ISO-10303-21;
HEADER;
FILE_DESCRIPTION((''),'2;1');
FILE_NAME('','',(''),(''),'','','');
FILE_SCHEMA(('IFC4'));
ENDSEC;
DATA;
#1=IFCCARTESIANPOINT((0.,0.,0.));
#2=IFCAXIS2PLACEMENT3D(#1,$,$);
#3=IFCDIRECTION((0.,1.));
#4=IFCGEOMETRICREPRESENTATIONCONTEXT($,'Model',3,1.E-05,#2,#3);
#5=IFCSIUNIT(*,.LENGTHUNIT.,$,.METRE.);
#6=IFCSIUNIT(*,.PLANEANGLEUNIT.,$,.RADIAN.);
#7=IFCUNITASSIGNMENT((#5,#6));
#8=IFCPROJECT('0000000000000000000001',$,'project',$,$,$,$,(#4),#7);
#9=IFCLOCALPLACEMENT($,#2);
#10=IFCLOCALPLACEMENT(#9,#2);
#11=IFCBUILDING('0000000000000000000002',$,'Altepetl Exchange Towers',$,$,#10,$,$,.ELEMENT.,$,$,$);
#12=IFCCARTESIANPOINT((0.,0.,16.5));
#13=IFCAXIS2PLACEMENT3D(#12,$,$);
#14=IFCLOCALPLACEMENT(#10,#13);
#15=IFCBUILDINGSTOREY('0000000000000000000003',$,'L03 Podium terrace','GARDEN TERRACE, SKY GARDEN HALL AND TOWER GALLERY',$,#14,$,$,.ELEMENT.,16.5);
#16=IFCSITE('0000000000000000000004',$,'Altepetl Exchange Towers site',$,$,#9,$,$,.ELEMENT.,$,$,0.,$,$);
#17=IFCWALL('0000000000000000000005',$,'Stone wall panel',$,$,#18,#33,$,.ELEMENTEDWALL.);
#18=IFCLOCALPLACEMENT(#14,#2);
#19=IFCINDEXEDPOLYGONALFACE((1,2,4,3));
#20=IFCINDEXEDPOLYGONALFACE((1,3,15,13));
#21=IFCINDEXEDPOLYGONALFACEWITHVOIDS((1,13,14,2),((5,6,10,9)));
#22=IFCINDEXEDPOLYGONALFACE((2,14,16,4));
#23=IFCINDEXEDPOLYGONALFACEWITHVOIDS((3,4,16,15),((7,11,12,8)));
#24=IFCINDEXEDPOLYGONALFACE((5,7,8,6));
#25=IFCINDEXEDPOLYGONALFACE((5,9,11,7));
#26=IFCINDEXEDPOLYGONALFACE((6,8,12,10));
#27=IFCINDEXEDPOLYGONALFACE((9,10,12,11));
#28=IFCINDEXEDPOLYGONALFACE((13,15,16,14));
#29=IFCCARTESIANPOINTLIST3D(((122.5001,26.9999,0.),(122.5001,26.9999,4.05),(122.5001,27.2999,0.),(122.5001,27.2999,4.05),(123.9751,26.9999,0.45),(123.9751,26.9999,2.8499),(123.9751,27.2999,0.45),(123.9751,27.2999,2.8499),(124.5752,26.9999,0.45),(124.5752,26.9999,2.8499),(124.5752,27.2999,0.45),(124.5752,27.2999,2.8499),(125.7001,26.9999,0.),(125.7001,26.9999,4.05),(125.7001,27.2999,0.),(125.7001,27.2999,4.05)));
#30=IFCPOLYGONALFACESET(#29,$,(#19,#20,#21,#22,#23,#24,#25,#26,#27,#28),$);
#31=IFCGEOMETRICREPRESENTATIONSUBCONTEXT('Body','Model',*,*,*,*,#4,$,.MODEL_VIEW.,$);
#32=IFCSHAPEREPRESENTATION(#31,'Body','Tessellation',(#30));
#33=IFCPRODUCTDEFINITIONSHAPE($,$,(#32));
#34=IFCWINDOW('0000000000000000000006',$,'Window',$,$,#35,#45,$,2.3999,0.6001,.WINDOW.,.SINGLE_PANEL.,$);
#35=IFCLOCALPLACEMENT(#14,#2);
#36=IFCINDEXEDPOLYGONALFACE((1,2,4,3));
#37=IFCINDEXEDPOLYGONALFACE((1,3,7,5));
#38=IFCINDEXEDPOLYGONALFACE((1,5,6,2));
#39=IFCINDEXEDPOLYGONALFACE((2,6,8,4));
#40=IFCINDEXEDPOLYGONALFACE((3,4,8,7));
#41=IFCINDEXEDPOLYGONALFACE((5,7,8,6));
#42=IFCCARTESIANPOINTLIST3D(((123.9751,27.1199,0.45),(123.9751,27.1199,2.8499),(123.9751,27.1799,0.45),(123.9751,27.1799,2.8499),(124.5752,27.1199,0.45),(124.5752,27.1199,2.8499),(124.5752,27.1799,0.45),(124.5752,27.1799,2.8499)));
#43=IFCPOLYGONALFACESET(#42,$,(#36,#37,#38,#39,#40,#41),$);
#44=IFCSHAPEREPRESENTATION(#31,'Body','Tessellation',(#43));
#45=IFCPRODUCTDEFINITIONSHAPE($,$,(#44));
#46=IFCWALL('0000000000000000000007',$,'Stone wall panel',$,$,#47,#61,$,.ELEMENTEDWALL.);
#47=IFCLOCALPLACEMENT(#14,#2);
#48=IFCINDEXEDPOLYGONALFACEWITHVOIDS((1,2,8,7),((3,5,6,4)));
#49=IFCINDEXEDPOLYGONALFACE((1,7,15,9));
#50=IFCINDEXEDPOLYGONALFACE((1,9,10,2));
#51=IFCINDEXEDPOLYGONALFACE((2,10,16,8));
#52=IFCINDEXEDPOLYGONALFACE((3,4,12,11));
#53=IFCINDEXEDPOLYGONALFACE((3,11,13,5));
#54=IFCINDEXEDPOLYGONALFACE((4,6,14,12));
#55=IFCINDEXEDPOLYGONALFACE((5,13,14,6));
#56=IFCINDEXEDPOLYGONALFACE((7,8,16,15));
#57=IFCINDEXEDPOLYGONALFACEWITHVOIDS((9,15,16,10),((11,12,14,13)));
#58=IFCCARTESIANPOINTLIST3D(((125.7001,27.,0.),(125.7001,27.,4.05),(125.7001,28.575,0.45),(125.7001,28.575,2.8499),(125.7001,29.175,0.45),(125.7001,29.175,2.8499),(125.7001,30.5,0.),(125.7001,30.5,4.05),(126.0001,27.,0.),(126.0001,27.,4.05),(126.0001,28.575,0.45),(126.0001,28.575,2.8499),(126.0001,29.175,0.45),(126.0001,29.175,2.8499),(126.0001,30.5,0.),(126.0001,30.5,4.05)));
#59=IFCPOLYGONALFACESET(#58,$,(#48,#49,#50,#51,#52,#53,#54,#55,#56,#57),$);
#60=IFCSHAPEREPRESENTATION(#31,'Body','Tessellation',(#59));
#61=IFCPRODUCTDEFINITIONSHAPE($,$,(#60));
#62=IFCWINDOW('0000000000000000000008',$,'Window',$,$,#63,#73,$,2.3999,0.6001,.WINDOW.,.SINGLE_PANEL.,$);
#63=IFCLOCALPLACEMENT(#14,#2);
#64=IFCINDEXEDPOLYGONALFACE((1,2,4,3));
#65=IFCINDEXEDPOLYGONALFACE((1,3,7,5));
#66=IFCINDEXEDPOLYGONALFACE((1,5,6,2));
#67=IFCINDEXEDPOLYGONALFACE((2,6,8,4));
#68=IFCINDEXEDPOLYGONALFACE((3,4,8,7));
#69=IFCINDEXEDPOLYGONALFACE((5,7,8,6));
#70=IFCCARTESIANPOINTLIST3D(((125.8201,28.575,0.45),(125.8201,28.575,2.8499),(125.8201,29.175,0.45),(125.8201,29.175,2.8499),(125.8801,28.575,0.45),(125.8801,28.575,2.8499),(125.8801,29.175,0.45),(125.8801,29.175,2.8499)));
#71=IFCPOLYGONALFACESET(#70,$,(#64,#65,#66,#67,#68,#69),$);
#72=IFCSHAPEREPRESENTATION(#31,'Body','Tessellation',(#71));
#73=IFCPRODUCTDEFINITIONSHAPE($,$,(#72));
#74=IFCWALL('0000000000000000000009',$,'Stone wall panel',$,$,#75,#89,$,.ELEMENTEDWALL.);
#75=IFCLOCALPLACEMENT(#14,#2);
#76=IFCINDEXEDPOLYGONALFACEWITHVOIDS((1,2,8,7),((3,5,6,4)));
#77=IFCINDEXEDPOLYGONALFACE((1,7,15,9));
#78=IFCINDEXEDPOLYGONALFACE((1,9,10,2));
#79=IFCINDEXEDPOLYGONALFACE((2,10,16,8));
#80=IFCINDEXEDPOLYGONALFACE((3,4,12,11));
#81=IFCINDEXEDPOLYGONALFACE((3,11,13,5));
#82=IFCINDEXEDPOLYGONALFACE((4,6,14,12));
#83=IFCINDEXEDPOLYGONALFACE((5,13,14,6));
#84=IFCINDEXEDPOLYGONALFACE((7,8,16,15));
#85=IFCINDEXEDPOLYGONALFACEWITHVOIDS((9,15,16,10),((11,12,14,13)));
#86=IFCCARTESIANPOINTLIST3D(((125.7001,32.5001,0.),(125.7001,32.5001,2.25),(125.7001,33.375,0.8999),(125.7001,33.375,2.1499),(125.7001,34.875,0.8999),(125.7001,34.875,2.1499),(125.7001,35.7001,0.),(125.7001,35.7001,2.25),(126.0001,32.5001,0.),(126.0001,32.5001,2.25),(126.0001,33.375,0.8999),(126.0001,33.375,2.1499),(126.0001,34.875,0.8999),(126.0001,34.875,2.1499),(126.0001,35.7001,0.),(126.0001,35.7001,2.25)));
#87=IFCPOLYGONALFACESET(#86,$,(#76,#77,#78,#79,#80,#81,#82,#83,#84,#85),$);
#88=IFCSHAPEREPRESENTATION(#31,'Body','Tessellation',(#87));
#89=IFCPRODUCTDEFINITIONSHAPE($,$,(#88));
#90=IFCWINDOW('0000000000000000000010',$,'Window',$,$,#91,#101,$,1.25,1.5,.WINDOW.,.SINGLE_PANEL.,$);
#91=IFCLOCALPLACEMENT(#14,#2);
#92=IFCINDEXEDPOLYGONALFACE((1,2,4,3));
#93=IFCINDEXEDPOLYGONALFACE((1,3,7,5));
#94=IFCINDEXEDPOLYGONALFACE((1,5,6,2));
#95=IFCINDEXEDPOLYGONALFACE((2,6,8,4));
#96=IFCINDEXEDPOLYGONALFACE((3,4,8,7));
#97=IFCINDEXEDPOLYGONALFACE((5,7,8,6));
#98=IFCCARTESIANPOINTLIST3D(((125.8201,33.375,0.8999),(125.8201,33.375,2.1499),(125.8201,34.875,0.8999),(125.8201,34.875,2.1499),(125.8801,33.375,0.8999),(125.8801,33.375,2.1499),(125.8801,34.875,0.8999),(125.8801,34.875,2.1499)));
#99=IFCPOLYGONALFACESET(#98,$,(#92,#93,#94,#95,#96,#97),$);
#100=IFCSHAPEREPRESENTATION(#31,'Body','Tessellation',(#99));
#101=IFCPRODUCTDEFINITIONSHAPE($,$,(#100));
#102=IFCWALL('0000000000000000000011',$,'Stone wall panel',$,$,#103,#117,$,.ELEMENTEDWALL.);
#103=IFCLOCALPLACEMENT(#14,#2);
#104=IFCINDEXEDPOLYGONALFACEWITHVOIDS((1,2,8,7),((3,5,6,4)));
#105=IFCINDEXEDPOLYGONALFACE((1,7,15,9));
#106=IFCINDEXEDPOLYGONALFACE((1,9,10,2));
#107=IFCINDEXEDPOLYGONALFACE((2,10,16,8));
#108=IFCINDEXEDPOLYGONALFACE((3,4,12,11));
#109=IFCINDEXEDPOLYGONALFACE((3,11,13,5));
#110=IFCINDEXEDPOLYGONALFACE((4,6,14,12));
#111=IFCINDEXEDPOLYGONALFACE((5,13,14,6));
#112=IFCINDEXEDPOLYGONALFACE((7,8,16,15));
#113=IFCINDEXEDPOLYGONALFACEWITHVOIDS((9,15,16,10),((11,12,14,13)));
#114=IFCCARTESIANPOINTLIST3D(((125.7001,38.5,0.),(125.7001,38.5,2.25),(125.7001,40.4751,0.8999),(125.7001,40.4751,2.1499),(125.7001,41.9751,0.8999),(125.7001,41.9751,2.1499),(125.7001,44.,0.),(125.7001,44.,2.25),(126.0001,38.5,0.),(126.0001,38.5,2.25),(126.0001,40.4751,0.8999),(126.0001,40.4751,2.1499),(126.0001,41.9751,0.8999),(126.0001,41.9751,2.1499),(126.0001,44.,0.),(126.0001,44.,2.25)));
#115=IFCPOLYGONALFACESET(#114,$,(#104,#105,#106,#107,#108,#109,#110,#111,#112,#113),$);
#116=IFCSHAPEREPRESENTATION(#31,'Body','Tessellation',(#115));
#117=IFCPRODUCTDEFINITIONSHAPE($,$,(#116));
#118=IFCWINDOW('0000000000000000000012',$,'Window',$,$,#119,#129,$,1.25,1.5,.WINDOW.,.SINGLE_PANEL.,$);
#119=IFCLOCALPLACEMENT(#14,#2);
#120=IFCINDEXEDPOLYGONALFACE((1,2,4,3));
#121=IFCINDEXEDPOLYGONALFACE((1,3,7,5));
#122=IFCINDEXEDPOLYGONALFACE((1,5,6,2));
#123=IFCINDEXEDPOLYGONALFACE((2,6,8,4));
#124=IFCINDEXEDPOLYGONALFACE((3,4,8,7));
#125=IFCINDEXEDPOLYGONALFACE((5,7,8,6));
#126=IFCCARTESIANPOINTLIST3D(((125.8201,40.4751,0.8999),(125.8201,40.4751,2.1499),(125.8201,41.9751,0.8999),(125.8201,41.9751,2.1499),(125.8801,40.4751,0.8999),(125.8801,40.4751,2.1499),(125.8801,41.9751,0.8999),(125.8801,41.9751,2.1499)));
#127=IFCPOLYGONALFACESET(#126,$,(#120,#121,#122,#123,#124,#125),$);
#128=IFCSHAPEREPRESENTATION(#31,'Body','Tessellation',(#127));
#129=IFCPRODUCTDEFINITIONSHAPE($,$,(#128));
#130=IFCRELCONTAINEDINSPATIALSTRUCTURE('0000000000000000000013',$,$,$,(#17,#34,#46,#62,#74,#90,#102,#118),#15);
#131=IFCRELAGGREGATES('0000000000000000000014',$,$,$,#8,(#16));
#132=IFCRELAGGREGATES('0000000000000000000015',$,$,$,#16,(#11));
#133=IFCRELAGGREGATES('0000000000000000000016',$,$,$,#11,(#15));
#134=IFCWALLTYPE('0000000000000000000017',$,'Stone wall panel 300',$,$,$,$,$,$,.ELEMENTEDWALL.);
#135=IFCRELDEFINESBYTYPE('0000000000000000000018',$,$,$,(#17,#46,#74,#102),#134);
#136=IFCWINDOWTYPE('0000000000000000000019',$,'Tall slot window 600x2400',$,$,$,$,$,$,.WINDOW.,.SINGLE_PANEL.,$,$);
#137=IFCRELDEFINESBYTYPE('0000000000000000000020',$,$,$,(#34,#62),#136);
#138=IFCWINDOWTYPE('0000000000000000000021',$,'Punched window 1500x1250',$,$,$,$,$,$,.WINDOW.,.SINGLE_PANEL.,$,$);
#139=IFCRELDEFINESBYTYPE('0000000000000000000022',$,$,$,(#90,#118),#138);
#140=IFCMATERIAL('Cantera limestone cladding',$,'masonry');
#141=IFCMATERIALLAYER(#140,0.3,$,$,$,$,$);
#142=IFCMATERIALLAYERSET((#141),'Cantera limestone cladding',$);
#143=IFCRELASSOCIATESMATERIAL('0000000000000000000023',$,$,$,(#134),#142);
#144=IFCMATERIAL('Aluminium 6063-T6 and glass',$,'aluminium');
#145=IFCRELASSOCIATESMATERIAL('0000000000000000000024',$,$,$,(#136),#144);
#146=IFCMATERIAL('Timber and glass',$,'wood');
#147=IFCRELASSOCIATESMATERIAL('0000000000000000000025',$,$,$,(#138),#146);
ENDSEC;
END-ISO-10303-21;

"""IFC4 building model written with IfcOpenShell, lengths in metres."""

from ifc_helpers import new_model, si_unit, direction, frame, frame_2d, origin, place, context, subcontext, project, spatial, rectangle, extrude, material, layer, layer_set, type_object, element, fill, save


model = new_model("IFC4")

# Units and contexts
model_context = context("Model", 3, precision=1e-05, world=origin(), true_north=direction((0.0, 1.0)))
body_context = subcontext(model_context, "Body", "Model", "MODEL_VIEW")
ifc_project = project(units=[si_unit("LENGTHUNIT", "METRE"), si_unit("PLANEANGLEUNIT", "RADIAN")], contexts=[model_context])

# Site, building, storey
site_placement = place(None, origin())
site = spatial("IfcSite", under=ifc_project, at=site_placement, Name="Altepetl Exchange Towers site", CompositionType="ELEMENT", RefElevation=0.0)
building_placement = place(site_placement, origin())
building = spatial("IfcBuilding", under=site, at=building_placement, Name="Altepetl Exchange Towers", CompositionType="ELEMENT")
storey_placement = place(building_placement, frame((0.0, 0.0, 16.5)))
storey = spatial("IfcBuildingStorey", under=building, at=storey_placement, Name="L03 Podium terrace", Description="GARDEN TERRACE, SKY GARDEN HALL AND TOWER GALLERY", CompositionType="ELEMENT", Elevation=16.5)

# Shared definitions
ifc_material_1 = material(Name="Aluminium 6063-T6 and glass", Category="aluminium")

# Walls, openings, windows
ifc_material_2 = material(Name="Cantera limestone cladding", Category="masonry")
ifc_layer_1 = layer(ifc_material_2, 0.3)
ifc_layer_set_1 = layer_set([ifc_layer_1], Name="Cantera limestone cladding")
wall_type_1 = type_object("IfcWallType", Name="Stone wall panel 300", PredefinedType="ELEMENTEDWALL", material=ifc_layer_set_1)
wall_1_placement = place(storey_placement, frame((122.5, 27.1499, 0.0)))
wall_1 = element("IfcWall", 1, at=wall_1_placement, inside=storey, type_object=wall_type_1, Name="Stone wall panel", PredefinedType="ELEMENTEDWALL", context=body_context, shape_type="SweptSolid", body=[
    extrude(rectangle(XDim=3.2, YDim=0.3, at=frame_2d((1.6001, 0.0))), origin(), (0.0, 0.0, 1.0), 4.05),
])
opening_1_placement = place(wall_1_placement, frame((1.4751, 0.0, 0.45)))
opening_1 = element("IfcOpeningElement", 2, at=opening_1_placement, cuts=wall_1, PredefinedType="OPENING", context=body_context, shape_type="SweptSolid", body=[
    extrude(rectangle(XDim=0.6001, YDim=2.3999, at=frame_2d((0.3, 1.2))), frame((0.0, 0.1602, 0.0), z_axis=(0.0, -1.0, 0.0), x_axis=(1.0, 0.0, 0.0)), (0.0, 0.0, 1.0), 0.3201),
])
window_type_1 = type_object("IfcWindowType", Name="Tall slot window 600x2400", PartitioningType="SINGLE_PANEL", PredefinedType="WINDOW", material=ifc_material_1)
window_1_placement = place(opening_1_placement, origin())
window_1 = element("IfcWindow", 3, at=window_1_placement, inside=storey, type_object=window_type_1, Name="Window", OverallHeight=2.3999, OverallWidth=0.6001, PartitioningType="SINGLE_PANEL", PredefinedType="WINDOW", context=body_context, shape_type="SweptSolid", body=[
    extrude(rectangle(XDim=0.6001, YDim=2.3999, at=frame_2d((0.3, 1.2))), frame((0.0, 0.03, 0.0), z_axis=(0.0, -1.0, 0.0), x_axis=(1.0, 0.0, 0.0)), (0.0, 0.0, 1.0), 0.0601),
])
fill(opening_1, window_1)
wall_2_placement = place(storey_placement, frame((125.8501, 27.0, 0.0), z_axis=(0.0, 0.0, 1.0), x_axis=(0.0, 1.0, 0.0)))
wall_2 = element("IfcWall", 4, at=wall_2_placement, inside=storey, type_object=wall_type_1, Name="Stone wall panel", PredefinedType="ELEMENTEDWALL", context=body_context, shape_type="SweptSolid", body=[
    extrude(rectangle(XDim=3.5, YDim=0.3, at=frame_2d((1.75, 0.0))), origin(), (0.0, 0.0, 1.0), 4.05),
])
opening_2_placement = place(wall_2_placement, frame((1.575, 0.0, 0.45)))
opening_2 = element("IfcOpeningElement", 5, at=opening_2_placement, cuts=wall_2, PredefinedType="OPENING", context=body_context, shape_type="SweptSolid", body=[
    extrude(rectangle(XDim=0.6001, YDim=2.3999, at=frame_2d((0.3, 1.2))), frame((0.0, 0.1602, 0.0), z_axis=(0.0, -1.0, 0.0), x_axis=(1.0, 0.0, 0.0)), (0.0, 0.0, 1.0), 0.3201),
])
window_2_placement = place(opening_2_placement, origin())
window_2 = element("IfcWindow", 6, at=window_2_placement, inside=storey, type_object=window_type_1, Name="Window", OverallHeight=2.3999, OverallWidth=0.6001, PartitioningType="SINGLE_PANEL", PredefinedType="WINDOW", context=body_context, shape_type="SweptSolid", body=[
    extrude(rectangle(XDim=0.6001, YDim=2.3999, at=frame_2d((0.3, 1.2))), frame((0.0, 0.03, 0.0), z_axis=(0.0, -1.0, 0.0), x_axis=(1.0, 0.0, 0.0)), (0.0, 0.0, 1.0), 0.0601),
])
fill(opening_2, window_2)
wall_3_placement = place(storey_placement, frame((125.8501, 32.5, 0.0), z_axis=(0.0, 0.0, 1.0), x_axis=(0.0, 1.0, 0.0)))
wall_3 = element("IfcWall", 7, at=wall_3_placement, inside=storey, type_object=wall_type_1, Name="Stone wall panel", PredefinedType="ELEMENTEDWALL", context=body_context, shape_type="SweptSolid", body=[
    extrude(rectangle(XDim=3.2, YDim=0.3, at=frame_2d((1.6001, 0.0))), origin(), (0.0, 0.0, 1.0), 2.25),
])
opening_3_placement = place(wall_3_placement, frame((0.875, 0.0, 0.8999)))
opening_3 = element("IfcOpeningElement", 8, at=opening_3_placement, cuts=wall_3, PredefinedType="OPENING", context=body_context, shape_type="SweptSolid", body=[
    extrude(rectangle(XDim=1.5, YDim=1.25, at=frame_2d((0.75, 0.625))), frame((0.0, 0.1602, 0.0), z_axis=(0.0, -1.0, 0.0), x_axis=(1.0, 0.0, 0.0)), (0.0, 0.0, 1.0), 0.3201),
])
ifc_material_3 = material(Name="Timber and glass", Category="wood")
window_type_2 = type_object("IfcWindowType", Name="Punched window 1500x1250", PartitioningType="SINGLE_PANEL", PredefinedType="WINDOW", material=ifc_material_3)
window_3_placement = place(opening_3_placement, origin())
window_3 = element("IfcWindow", 9, at=window_3_placement, inside=storey, type_object=window_type_2, Name="Window", OverallHeight=1.25, OverallWidth=1.5, PartitioningType="SINGLE_PANEL", PredefinedType="WINDOW", context=body_context, shape_type="SweptSolid", body=[
    extrude(rectangle(XDim=1.5, YDim=1.25, at=frame_2d((0.75, 0.625))), frame((0.0, 0.03, 0.0), z_axis=(0.0, -1.0, 0.0), x_axis=(1.0, 0.0, 0.0)), (0.0, 0.0, 1.0), 0.0601),
])
fill(opening_3, window_3)
wall_4_placement = place(storey_placement, frame((125.8501, 38.5, 0.0), z_axis=(0.0, 0.0, 1.0), x_axis=(0.0, 1.0, 0.0)))
wall_4 = element("IfcWall", 10, at=wall_4_placement, inside=storey, type_object=wall_type_1, Name="Stone wall panel", PredefinedType="ELEMENTEDWALL", context=body_context, shape_type="SweptSolid", body=[
    extrude(rectangle(XDim=5.5, YDim=0.3, at=frame_2d((2.75, 0.0))), origin(), (0.0, 0.0, 1.0), 2.25),
])
opening_4_placement = place(wall_4_placement, frame((1.9751, 0.0, 0.8999)))
opening_4 = element("IfcOpeningElement", 11, at=opening_4_placement, cuts=wall_4, PredefinedType="OPENING", context=body_context, shape_type="SweptSolid", body=[
    extrude(rectangle(XDim=1.5, YDim=1.25, at=frame_2d((0.75, 0.625))), frame((0.0, 0.1602, 0.0), z_axis=(0.0, -1.0, 0.0), x_axis=(1.0, 0.0, 0.0)), (0.0, 0.0, 1.0), 0.3201),
])
window_4_placement = place(opening_4_placement, origin())
window_4 = element("IfcWindow", 12, at=window_4_placement, inside=storey, type_object=window_type_2, Name="Window", OverallHeight=1.25, OverallWidth=1.5, PartitioningType="SINGLE_PANEL", PredefinedType="WINDOW", context=body_context, shape_type="SweptSolid", body=[
    extrude(rectangle(XDim=1.5, YDim=1.25, at=frame_2d((0.75, 0.625))), frame((0.0, 0.03, 0.0), z_axis=(0.0, -1.0, 0.0), x_axis=(1.0, 0.0, 0.0)), (0.0, 0.0, 1.0), 0.0601),
])
fill(opening_4, window_4)

save(model, "model.ifc")
